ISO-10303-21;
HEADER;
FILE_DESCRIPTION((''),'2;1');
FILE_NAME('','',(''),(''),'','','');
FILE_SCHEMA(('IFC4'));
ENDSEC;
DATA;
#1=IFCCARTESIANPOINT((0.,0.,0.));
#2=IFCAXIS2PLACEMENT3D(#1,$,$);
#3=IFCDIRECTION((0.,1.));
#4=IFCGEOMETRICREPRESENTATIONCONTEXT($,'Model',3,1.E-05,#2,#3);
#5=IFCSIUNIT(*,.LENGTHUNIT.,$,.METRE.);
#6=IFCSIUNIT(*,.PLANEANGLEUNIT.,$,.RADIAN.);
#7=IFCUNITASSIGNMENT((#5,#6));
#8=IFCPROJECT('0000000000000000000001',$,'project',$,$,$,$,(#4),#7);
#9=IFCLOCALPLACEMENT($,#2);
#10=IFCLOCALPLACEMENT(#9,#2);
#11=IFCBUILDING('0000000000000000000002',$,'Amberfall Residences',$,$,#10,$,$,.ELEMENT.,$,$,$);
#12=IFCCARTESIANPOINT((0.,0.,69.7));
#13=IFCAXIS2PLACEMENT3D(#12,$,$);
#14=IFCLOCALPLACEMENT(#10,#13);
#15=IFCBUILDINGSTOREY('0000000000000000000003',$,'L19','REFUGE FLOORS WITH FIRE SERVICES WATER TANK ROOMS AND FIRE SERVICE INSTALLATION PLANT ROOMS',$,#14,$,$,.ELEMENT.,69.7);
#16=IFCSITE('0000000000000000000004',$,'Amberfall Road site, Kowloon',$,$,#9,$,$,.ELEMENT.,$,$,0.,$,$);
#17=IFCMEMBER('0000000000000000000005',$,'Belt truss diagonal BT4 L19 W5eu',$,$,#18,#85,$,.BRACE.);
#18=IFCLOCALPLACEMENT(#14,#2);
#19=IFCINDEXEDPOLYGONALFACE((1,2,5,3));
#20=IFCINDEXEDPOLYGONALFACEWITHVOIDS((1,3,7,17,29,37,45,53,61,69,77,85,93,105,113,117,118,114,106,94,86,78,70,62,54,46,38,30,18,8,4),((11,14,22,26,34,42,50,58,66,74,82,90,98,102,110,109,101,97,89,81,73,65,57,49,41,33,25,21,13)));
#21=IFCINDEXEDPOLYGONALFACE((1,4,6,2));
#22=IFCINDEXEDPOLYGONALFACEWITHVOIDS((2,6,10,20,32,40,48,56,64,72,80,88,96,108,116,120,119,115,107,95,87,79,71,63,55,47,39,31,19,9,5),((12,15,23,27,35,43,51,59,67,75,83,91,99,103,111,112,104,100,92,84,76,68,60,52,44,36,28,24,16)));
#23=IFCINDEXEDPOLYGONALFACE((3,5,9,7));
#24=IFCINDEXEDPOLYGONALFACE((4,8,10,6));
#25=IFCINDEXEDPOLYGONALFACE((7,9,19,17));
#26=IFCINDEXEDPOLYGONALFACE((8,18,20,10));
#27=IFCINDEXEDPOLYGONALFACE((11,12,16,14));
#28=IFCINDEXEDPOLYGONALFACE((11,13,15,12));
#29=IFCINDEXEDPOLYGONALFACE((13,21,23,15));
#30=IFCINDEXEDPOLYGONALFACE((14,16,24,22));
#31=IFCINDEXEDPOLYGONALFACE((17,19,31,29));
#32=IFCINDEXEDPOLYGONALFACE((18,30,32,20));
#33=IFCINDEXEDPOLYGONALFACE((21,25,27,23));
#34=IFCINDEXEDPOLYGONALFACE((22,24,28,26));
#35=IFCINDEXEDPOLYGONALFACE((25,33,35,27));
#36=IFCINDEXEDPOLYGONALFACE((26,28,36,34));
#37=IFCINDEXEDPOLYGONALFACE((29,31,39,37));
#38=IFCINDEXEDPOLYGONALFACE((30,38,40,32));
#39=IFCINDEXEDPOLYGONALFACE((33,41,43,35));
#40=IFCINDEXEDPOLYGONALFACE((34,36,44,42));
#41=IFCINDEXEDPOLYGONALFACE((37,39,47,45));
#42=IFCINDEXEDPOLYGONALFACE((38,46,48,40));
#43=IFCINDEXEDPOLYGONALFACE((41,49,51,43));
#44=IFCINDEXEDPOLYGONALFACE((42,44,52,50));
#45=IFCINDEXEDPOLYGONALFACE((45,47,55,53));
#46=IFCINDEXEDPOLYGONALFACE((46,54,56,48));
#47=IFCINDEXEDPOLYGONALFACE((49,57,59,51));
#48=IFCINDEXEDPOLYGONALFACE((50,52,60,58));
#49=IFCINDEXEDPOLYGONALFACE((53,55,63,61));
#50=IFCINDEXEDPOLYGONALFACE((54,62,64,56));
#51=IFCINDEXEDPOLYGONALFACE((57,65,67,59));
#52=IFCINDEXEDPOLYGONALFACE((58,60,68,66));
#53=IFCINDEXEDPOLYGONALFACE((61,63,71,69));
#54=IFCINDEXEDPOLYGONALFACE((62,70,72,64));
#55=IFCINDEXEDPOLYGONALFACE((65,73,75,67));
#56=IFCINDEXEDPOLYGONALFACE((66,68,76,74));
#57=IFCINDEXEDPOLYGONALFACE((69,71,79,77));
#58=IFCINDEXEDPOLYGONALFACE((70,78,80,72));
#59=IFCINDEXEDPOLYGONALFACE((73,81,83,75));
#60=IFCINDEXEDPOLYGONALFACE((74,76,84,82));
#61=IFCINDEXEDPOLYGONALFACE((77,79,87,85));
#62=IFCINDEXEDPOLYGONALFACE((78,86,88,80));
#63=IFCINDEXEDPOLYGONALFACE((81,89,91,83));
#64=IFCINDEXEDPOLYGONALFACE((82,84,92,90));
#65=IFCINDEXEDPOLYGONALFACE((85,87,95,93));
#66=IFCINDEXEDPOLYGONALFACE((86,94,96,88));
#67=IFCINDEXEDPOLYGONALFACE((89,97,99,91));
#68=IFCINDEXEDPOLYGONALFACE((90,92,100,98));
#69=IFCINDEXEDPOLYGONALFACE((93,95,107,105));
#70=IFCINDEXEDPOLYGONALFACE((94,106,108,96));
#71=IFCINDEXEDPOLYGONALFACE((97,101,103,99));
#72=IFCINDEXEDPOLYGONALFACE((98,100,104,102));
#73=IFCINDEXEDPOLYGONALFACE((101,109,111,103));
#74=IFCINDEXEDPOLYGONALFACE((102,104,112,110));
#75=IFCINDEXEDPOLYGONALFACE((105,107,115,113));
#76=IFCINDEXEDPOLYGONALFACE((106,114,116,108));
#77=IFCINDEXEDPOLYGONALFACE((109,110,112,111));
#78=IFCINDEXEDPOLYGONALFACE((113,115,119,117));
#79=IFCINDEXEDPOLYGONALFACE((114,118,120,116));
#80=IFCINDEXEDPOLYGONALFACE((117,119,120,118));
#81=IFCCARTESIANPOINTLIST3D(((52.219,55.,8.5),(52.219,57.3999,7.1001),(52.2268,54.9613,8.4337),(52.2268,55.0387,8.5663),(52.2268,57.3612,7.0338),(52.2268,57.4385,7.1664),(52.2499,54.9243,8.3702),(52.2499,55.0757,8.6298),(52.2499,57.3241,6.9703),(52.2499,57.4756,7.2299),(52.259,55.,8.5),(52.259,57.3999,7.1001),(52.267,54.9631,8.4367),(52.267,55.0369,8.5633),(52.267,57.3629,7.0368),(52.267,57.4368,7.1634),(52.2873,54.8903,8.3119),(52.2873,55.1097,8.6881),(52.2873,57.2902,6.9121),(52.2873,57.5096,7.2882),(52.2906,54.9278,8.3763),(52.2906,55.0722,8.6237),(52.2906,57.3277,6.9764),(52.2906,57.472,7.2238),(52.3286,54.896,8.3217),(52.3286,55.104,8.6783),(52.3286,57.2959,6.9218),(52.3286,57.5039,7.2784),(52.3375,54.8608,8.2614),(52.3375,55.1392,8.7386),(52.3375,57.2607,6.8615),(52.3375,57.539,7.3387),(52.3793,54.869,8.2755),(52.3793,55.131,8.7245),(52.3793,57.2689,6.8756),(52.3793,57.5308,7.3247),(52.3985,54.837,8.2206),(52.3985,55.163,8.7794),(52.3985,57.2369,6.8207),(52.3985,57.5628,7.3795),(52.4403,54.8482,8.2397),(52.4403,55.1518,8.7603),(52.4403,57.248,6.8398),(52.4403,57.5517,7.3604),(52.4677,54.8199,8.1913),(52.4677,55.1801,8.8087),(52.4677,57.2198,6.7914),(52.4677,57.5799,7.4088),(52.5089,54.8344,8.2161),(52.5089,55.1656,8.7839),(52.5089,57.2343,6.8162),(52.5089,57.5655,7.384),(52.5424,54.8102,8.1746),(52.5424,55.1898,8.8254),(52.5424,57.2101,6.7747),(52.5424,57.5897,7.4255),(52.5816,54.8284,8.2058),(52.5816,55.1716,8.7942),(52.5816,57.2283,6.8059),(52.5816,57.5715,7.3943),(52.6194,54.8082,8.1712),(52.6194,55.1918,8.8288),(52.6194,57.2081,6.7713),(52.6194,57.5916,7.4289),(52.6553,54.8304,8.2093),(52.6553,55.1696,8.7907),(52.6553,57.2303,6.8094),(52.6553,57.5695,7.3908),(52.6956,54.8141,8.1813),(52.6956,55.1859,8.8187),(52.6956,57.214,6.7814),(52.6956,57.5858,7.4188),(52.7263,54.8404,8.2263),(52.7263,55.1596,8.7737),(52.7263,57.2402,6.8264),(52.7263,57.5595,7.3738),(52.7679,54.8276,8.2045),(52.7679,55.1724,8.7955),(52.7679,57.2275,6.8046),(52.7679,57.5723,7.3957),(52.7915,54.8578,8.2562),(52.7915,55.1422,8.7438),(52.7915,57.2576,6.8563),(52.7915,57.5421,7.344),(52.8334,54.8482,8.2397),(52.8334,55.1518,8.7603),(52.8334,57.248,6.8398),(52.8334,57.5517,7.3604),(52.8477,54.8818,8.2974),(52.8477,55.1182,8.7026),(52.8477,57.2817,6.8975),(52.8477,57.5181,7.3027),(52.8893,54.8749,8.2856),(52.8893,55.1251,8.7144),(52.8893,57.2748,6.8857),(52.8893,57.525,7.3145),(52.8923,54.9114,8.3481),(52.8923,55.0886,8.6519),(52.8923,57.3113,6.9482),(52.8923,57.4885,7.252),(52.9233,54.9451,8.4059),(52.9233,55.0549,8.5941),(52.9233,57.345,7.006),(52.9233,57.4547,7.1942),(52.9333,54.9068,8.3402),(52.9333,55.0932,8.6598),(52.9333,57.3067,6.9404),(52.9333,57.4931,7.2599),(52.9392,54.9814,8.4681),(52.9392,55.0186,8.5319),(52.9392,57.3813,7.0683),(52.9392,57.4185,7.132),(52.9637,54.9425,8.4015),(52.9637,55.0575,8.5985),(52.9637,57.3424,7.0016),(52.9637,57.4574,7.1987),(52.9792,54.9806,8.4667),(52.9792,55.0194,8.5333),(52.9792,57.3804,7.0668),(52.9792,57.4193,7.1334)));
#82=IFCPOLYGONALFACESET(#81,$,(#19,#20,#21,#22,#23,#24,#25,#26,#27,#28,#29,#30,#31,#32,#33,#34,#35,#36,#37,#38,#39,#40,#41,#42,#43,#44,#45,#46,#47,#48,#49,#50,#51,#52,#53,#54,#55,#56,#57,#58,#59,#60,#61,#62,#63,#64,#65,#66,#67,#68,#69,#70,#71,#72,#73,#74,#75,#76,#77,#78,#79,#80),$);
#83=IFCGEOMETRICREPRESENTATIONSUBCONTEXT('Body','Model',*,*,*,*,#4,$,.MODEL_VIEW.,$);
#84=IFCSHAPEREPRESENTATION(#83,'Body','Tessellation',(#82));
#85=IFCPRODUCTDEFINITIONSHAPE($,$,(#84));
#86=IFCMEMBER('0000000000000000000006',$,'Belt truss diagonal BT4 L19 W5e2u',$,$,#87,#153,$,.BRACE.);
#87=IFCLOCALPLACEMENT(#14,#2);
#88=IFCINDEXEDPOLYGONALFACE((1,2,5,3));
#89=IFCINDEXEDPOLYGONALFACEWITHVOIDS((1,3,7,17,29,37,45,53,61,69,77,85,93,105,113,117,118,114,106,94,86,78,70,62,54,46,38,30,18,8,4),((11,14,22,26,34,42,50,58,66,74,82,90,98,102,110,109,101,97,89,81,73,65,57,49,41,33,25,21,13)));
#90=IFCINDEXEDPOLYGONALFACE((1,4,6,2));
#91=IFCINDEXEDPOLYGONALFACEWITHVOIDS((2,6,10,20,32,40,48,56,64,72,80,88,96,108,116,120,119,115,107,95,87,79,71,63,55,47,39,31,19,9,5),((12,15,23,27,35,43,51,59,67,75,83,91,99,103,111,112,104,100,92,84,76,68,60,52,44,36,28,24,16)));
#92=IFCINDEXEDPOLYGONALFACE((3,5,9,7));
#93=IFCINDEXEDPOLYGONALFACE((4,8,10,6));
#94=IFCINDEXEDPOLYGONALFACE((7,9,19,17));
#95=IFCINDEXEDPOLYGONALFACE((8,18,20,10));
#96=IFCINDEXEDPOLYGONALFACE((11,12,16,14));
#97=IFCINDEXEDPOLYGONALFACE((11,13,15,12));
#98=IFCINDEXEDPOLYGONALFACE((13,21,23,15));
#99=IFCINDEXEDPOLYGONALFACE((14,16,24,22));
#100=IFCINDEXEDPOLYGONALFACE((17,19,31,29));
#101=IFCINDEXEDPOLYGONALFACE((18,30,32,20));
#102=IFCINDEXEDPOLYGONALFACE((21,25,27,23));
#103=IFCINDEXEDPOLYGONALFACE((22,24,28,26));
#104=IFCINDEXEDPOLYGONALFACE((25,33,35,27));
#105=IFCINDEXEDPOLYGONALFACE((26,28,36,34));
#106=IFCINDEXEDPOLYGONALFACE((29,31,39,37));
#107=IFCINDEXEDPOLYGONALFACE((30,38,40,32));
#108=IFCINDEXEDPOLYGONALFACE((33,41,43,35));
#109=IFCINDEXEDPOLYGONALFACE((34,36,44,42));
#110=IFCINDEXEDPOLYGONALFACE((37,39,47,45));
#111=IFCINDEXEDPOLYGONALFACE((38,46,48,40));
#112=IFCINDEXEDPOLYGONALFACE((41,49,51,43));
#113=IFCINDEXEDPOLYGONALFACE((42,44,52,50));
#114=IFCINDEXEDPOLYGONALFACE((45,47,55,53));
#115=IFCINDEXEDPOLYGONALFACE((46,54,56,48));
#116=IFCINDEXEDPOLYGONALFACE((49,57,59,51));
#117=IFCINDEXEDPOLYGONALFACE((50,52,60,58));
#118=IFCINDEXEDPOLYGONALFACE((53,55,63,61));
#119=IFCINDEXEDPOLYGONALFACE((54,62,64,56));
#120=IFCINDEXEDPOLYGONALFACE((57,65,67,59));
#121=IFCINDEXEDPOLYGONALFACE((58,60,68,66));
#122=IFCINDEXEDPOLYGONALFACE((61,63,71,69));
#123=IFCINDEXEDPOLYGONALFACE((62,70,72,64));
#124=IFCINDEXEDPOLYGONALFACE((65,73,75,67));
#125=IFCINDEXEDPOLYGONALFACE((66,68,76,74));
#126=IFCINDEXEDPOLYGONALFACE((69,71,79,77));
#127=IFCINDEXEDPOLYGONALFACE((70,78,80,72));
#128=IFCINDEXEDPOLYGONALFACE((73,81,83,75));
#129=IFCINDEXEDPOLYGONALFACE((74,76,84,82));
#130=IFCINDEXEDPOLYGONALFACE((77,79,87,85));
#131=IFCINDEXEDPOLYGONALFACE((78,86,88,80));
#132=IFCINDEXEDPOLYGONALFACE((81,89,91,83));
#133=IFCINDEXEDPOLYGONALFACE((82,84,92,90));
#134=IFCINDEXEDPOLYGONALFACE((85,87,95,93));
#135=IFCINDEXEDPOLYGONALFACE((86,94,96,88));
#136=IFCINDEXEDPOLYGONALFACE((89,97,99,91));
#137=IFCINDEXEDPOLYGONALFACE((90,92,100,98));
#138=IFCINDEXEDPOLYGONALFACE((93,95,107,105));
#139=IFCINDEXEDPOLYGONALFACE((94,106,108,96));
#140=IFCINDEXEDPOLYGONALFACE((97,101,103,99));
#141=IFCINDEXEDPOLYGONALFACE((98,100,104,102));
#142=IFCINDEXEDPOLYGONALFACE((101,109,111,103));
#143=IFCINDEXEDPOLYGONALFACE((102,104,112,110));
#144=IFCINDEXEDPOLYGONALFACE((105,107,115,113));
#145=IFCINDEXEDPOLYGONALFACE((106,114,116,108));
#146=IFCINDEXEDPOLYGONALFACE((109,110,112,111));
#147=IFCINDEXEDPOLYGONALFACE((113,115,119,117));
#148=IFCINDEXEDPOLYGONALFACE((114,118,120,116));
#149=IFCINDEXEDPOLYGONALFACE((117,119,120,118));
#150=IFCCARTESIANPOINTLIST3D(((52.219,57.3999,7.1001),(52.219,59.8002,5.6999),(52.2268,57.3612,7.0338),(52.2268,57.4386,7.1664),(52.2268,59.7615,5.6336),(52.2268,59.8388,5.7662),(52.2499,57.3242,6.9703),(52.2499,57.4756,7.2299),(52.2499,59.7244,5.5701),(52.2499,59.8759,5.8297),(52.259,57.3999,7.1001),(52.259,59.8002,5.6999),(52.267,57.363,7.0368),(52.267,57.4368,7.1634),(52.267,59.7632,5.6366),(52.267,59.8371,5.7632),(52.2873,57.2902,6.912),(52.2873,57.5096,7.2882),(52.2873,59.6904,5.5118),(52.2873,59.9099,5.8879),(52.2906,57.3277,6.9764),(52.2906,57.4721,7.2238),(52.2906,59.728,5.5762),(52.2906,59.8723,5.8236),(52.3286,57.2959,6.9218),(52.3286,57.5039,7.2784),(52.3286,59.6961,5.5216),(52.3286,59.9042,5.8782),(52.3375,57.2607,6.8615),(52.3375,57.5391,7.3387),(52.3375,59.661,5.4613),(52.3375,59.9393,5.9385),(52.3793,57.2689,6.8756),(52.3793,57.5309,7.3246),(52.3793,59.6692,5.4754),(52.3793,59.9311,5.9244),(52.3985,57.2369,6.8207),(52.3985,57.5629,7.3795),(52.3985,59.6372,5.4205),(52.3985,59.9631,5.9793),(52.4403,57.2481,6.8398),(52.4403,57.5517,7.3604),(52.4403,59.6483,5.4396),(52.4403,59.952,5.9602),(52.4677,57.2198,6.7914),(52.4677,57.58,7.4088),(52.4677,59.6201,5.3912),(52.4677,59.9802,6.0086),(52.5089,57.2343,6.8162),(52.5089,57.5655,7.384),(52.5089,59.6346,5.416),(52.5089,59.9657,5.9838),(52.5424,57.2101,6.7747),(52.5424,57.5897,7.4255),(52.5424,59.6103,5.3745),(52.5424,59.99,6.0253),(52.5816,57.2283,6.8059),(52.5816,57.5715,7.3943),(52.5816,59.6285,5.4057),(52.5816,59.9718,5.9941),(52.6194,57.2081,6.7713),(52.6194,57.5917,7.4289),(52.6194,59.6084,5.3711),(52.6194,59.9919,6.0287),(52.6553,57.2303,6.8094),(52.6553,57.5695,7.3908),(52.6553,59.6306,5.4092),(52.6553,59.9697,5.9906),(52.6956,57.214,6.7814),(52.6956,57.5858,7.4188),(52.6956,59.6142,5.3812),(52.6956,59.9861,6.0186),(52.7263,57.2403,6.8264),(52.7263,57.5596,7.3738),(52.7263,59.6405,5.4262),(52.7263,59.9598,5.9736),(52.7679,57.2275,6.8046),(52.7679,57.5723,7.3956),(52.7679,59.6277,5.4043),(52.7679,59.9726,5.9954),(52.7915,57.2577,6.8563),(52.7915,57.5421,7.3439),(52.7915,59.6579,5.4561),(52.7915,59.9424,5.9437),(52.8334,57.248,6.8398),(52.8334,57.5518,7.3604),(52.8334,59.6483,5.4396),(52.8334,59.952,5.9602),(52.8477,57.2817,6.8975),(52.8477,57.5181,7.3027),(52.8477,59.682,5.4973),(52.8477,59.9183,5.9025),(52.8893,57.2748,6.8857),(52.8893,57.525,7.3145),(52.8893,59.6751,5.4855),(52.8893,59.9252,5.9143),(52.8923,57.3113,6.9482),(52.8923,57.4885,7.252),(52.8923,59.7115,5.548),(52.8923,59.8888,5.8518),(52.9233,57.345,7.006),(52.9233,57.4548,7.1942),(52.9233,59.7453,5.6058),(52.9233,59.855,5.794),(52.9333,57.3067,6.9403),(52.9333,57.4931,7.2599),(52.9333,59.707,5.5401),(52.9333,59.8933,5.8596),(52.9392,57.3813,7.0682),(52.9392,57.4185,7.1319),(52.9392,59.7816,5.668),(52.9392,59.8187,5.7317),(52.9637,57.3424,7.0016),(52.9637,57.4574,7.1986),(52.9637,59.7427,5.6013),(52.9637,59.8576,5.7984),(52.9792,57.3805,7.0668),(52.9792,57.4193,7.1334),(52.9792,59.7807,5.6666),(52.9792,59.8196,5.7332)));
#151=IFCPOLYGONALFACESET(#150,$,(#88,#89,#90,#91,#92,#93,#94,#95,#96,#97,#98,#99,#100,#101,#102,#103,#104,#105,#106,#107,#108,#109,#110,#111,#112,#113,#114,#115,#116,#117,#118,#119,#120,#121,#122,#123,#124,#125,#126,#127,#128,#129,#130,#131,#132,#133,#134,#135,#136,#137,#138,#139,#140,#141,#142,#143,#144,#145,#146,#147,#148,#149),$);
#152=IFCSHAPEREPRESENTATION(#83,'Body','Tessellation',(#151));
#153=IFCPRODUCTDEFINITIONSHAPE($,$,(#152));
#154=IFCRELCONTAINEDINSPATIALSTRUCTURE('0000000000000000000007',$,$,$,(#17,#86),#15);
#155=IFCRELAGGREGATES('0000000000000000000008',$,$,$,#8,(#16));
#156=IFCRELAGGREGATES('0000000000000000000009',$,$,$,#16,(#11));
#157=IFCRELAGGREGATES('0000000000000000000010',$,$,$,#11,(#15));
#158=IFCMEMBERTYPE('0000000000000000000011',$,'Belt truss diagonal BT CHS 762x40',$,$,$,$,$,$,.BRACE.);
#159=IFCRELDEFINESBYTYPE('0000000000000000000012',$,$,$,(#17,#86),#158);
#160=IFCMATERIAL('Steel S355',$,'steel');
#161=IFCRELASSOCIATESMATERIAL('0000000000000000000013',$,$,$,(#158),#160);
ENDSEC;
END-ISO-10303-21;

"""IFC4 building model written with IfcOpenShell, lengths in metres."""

from ifc_helpers import new_model, si_unit, direction, frame, origin, origin_2d, place, context, subcontext, project, spatial, hollow_circle, extrude, material, material_profile, profile_set, type_object, element, save


model = new_model("IFC4")

# Units and contexts
model_context = context("Model", 3, precision=1e-05, world=origin(), true_north=direction((0.0, 1.0)))
body_context = subcontext(model_context, "Body", "Model", "MODEL_VIEW")
ifc_project = project(units=[si_unit("LENGTHUNIT", "METRE"), si_unit("PLANEANGLEUNIT", "RADIAN")], contexts=[model_context])

# Site, building, storey
site_placement = place(None, origin())
site = spatial("IfcSite", under=ifc_project, at=site_placement, Name="Amberfall Road site, Kowloon", CompositionType="ELEMENT", RefElevation=0.0)
building_placement = place(site_placement, origin())
building = spatial("IfcBuilding", under=site, at=building_placement, Name="Amberfall Residences", CompositionType="ELEMENT")
storey_placement = place(building_placement, frame((0.0, 0.0, 69.7)))
storey = spatial("IfcBuildingStorey", under=building, at=storey_placement, Name="L19", Description="REFUGE FLOORS WITH FIRE SERVICES WATER TANK ROOMS AND FIRE SERVICE INSTALLATION PLANT ROOMS", CompositionType="ELEMENT", Elevation=69.7)

# Members
ifc_material_1 = material(Name="Steel S355", Category="steel")
ifc_material_profile_1 = material_profile(ifc_material_1, hollow_circle(Radius=0.3811, WallThickness=0.04, at=origin_2d()), Name="CHS 762x40")
ifc_profile_set_1 = profile_set([ifc_material_profile_1], Name="Steel S355")
member_type_1 = type_object("IfcMemberType", Name="Belt truss diagonal BT CHS 762x40", PredefinedType="BRACE", material=ifc_profile_set_1)
member_1_placement = place(storey_placement, frame((52.6001, 55.0, 8.5), z_axis=(0.0, 0.863785, -0.50386), x_axis=(-1.0, 0.0, 0.0)))
element("IfcMember", 1, at=member_1_placement, inside=storey, type_object=member_type_1, Name="Belt truss diagonal BT4 L19 W5eu", PredefinedType="BRACE", context=body_context, shape_type="SweptSolid", body=[
    extrude(hollow_circle(Radius=0.3811, WallThickness=0.04, at=origin_2d()), origin(), (0.0, 0.0, 1.0), 2.7783),
])
member_2_placement = place(storey_placement, frame((52.6001, 57.3999, 7.1001), z_axis=(0.0, 0.863769, -0.503887), x_axis=(-1.0, 0.0, 0.0)))
element("IfcMember", 2, at=member_2_placement, inside=storey, type_object=member_type_1, Name="Belt truss diagonal BT4 L19 W5e2u", PredefinedType="BRACE", context=body_context, shape_type="SweptSolid", body=[
    extrude(hollow_circle(Radius=0.3811, WallThickness=0.04, at=origin_2d()), origin(), (0.0, 0.0, 1.0), 2.7788),
])

save(model, "model.ifc")
